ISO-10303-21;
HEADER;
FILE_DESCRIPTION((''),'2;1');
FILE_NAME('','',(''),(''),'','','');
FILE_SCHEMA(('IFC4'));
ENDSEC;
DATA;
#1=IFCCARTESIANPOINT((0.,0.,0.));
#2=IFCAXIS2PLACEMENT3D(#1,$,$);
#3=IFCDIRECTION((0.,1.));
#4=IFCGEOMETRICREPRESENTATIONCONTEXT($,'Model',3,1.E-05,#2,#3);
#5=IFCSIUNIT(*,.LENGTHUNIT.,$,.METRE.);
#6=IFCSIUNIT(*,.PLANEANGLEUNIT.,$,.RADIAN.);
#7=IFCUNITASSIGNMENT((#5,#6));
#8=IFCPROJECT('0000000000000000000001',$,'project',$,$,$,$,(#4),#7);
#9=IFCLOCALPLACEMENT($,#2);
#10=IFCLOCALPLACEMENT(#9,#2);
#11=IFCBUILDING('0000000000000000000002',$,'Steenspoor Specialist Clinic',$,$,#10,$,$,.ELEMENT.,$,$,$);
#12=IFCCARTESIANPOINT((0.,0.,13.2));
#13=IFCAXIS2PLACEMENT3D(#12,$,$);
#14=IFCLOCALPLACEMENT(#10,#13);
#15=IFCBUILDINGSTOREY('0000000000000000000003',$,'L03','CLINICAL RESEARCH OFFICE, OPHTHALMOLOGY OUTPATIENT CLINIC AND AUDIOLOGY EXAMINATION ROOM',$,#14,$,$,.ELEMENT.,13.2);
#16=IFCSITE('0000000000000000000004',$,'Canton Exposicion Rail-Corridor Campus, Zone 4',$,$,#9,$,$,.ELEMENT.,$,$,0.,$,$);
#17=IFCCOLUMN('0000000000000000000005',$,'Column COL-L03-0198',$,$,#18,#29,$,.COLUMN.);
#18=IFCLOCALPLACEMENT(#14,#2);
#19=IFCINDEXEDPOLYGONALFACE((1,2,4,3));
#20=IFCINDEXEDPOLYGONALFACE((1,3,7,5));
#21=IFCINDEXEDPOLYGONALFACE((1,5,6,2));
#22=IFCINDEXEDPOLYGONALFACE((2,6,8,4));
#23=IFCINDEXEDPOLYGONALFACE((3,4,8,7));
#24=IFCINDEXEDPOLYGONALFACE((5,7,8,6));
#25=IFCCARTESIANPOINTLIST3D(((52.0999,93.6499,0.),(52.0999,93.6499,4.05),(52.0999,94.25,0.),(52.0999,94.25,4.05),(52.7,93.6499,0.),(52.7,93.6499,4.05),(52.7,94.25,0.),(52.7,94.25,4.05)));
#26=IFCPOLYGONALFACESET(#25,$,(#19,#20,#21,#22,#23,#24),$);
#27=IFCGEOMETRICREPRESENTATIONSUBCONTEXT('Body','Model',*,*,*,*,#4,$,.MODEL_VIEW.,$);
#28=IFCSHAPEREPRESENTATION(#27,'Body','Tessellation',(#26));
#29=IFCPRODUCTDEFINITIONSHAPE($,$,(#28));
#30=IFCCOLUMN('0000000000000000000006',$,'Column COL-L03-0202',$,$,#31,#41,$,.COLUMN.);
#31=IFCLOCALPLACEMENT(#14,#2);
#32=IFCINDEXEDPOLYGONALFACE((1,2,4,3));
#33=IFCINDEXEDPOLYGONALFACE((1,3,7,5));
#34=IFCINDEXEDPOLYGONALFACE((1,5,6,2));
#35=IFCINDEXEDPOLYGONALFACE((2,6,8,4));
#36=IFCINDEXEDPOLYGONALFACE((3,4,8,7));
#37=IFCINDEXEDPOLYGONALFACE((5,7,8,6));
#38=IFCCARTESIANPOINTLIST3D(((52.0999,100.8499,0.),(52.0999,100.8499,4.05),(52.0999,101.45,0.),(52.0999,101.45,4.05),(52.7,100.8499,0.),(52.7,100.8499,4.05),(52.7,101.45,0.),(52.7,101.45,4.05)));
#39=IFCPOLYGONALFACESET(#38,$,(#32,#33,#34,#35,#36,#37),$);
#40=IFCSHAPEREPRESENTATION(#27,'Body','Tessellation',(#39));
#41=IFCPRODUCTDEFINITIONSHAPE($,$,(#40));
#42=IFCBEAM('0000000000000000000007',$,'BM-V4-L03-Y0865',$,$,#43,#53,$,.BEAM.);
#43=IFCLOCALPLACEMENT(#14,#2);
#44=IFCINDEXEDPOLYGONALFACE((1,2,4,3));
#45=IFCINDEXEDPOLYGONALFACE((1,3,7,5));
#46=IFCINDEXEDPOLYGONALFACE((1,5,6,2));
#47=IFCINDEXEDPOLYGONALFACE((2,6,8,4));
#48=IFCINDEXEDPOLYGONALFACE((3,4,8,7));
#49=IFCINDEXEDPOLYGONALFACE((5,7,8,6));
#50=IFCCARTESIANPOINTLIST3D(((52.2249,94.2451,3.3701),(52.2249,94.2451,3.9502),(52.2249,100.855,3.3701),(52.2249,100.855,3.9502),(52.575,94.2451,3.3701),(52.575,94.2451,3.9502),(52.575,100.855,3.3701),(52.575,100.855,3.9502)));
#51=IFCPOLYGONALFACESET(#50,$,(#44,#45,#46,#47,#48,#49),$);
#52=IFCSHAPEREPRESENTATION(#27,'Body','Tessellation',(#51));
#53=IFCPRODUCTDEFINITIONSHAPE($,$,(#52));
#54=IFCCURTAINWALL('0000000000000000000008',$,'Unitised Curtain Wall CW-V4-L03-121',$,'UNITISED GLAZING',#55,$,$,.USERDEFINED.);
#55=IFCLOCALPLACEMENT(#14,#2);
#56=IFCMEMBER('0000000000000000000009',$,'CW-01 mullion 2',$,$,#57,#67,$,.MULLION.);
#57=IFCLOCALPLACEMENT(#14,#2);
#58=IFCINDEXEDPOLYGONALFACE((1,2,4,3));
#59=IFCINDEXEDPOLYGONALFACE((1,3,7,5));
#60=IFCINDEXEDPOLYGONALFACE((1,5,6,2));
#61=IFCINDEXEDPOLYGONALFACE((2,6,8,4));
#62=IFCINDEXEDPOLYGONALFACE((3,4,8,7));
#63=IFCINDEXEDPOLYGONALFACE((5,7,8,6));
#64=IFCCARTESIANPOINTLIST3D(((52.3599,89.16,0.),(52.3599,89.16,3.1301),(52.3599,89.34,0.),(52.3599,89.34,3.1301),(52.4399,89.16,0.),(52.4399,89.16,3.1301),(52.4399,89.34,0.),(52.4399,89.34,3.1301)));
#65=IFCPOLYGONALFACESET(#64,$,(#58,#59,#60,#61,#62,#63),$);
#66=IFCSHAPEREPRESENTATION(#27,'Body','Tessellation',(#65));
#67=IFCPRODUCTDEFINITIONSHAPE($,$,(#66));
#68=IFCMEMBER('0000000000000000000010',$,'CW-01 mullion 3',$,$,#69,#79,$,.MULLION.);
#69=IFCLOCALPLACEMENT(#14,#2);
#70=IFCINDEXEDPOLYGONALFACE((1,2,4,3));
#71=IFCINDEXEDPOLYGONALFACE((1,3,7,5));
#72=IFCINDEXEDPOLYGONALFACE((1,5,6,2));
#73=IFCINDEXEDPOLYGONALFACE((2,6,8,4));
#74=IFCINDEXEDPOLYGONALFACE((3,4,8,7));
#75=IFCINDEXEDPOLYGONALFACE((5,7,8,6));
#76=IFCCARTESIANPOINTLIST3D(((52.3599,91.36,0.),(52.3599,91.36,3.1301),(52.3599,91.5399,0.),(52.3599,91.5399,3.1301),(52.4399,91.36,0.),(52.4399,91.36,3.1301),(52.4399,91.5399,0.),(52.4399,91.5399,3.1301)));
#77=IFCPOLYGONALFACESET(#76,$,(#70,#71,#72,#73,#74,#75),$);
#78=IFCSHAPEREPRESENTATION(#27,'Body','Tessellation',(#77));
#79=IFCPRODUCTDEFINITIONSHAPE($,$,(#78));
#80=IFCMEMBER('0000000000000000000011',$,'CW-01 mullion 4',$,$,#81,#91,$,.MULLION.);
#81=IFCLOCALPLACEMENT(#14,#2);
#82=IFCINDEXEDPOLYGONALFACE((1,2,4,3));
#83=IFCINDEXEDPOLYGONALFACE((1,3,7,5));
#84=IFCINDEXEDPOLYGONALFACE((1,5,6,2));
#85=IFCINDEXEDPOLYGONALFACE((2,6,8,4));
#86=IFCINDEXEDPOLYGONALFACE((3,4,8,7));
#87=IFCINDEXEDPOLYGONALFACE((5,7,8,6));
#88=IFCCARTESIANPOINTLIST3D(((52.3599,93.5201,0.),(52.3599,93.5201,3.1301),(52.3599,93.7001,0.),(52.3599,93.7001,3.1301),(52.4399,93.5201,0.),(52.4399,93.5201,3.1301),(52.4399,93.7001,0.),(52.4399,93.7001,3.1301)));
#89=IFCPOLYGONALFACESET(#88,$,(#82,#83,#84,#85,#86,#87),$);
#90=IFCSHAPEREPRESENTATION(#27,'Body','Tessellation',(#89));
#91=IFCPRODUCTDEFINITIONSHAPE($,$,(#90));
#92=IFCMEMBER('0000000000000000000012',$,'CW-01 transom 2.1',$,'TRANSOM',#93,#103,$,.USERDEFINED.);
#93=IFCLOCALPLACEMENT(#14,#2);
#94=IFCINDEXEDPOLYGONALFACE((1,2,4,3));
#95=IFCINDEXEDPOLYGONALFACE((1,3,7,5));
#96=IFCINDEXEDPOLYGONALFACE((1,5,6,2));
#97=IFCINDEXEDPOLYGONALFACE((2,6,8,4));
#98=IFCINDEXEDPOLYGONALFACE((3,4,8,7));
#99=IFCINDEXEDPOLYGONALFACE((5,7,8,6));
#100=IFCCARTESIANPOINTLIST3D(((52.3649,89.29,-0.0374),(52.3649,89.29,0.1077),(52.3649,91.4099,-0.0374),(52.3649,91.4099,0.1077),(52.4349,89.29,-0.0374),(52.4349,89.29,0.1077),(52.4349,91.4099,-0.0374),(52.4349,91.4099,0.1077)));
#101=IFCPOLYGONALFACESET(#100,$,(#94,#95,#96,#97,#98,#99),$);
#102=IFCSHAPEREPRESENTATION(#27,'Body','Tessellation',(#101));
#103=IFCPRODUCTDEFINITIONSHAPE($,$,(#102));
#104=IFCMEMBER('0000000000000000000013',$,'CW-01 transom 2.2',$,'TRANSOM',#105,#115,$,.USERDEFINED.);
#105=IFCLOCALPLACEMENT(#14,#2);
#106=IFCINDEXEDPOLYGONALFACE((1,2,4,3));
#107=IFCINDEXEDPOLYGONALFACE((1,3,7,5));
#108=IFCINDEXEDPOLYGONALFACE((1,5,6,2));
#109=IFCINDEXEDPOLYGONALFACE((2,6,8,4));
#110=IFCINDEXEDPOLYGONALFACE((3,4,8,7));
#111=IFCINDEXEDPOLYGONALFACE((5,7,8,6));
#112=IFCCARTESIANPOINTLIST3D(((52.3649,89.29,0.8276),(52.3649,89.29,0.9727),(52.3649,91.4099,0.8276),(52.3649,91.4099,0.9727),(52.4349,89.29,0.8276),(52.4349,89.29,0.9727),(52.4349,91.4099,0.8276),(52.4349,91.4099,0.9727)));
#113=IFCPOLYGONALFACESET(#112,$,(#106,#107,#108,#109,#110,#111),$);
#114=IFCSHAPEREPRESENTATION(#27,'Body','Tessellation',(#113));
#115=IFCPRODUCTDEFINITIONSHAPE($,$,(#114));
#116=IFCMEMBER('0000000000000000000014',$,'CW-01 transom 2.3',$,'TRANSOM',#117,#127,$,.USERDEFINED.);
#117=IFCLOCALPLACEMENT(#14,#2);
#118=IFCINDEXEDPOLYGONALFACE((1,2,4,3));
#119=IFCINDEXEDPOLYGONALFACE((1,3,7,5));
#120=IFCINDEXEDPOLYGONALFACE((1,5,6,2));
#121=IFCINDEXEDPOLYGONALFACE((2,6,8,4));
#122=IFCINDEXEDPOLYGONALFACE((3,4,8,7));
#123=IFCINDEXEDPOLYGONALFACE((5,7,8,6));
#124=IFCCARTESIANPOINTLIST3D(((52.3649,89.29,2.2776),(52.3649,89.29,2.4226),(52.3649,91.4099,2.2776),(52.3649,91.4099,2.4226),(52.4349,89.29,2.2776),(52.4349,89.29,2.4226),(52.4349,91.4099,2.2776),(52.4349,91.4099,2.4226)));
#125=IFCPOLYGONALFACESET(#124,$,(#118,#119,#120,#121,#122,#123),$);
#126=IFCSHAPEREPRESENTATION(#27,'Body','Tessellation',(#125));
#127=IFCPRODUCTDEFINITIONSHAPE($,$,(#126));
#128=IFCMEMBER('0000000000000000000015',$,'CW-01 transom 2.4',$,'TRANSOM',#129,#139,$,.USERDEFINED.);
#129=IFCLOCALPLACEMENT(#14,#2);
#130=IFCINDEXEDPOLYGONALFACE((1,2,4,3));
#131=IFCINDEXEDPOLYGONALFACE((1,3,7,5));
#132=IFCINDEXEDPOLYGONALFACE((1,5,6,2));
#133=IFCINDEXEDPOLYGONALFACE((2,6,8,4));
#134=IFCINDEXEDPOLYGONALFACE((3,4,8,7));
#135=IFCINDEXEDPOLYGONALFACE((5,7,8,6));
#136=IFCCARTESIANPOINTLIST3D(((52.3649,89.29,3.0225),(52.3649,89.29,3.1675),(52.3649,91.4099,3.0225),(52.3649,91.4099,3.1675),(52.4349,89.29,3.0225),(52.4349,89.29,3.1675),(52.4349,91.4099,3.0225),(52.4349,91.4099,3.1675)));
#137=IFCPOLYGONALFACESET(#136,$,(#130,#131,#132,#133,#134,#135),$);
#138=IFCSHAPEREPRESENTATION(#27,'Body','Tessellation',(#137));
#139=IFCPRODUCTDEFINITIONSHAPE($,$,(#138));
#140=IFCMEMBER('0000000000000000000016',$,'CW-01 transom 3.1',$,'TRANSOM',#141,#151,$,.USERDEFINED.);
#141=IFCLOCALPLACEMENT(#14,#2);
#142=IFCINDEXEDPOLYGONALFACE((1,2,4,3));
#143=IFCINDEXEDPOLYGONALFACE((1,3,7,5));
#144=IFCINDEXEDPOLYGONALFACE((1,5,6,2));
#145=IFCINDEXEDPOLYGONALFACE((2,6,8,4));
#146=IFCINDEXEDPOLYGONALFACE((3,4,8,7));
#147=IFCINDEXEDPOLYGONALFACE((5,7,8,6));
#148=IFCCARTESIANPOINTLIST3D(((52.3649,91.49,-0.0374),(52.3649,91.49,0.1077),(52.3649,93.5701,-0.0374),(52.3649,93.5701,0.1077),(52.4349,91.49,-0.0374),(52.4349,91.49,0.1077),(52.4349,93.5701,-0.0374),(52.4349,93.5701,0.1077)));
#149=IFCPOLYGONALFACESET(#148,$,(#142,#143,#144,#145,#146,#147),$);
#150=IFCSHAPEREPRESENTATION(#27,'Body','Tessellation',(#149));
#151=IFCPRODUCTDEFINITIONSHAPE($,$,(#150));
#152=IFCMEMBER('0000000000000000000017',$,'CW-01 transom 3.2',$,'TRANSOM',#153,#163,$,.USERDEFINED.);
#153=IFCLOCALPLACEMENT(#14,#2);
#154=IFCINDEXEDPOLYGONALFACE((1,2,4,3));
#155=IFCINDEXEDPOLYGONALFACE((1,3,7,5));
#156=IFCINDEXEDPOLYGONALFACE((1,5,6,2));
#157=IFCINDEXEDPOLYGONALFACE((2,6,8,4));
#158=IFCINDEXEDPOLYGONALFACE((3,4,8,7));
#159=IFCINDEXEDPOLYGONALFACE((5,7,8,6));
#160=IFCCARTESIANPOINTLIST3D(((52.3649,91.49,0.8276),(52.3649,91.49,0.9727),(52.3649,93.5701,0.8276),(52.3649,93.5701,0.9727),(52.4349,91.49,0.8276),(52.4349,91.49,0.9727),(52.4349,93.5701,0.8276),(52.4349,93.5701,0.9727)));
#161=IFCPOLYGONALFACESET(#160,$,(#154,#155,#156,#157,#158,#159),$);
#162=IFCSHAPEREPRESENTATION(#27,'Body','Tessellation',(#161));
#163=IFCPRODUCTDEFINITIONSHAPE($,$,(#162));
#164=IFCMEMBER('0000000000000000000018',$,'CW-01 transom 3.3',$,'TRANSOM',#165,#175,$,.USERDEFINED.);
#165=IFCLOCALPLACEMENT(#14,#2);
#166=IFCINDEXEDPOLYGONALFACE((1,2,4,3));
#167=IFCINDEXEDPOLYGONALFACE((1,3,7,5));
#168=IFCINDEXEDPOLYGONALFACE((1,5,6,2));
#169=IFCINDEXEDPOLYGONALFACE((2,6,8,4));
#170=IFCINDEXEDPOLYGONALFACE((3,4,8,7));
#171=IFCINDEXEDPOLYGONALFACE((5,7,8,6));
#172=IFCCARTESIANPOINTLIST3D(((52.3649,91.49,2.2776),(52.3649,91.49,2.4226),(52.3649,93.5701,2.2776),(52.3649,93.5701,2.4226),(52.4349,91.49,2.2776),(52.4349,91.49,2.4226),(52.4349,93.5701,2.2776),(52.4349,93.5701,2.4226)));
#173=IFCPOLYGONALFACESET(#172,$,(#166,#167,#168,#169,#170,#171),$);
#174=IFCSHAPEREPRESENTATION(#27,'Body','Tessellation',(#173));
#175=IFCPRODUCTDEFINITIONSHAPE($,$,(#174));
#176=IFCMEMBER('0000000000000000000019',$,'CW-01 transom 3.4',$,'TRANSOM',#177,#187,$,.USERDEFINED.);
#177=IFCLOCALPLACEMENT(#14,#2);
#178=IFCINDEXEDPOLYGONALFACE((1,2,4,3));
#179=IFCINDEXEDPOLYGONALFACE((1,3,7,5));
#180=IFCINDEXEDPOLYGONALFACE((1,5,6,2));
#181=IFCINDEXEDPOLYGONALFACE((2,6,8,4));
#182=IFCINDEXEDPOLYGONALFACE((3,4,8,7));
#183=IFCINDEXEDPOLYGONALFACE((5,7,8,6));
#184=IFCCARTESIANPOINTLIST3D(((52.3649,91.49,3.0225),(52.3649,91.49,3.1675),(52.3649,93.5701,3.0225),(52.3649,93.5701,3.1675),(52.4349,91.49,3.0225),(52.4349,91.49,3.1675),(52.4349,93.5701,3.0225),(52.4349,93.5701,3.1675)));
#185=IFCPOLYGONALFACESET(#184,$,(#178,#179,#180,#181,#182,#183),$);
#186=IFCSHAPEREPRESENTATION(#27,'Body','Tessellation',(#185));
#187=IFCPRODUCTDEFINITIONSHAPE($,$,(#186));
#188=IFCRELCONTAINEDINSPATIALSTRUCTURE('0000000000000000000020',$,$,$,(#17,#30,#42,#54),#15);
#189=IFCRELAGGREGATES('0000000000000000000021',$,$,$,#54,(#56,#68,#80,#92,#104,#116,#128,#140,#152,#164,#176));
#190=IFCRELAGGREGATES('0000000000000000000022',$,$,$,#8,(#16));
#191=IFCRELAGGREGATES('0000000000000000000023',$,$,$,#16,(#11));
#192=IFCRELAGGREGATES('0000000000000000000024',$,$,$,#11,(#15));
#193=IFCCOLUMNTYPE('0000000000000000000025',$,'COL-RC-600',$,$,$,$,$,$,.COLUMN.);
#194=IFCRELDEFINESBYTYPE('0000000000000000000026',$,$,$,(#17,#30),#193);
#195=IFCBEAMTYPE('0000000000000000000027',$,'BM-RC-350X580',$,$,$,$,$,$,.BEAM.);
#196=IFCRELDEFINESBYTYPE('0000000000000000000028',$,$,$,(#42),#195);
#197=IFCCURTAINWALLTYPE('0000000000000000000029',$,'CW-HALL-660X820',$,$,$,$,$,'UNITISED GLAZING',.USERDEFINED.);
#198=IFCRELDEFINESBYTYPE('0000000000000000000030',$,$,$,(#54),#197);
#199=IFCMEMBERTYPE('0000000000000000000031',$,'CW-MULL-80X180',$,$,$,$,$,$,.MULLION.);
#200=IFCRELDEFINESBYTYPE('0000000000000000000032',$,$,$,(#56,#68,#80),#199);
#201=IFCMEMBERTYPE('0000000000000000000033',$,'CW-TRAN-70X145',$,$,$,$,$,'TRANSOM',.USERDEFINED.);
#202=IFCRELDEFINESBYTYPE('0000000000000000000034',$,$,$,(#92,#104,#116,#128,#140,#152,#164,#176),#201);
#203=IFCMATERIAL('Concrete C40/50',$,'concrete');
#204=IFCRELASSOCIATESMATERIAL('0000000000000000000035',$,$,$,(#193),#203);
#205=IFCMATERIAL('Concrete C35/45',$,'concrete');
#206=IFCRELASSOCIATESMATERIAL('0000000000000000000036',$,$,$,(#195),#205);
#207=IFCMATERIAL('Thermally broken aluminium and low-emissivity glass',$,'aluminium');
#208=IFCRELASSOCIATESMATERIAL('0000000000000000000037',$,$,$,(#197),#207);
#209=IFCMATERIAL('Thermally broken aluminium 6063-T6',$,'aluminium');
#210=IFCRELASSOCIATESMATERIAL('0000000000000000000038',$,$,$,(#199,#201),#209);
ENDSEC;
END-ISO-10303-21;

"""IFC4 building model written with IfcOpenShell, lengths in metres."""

from ifc_helpers import new_model, si_unit, direction, frame, origin, origin_2d, place, context, subcontext, project, spatial, rectangle, extrude, material, material_profile, profile_set, type_object, element, aggregate, save


model = new_model("IFC4")

# Units and contexts
model_context = context("Model", 3, precision=1e-05, world=origin(), true_north=direction((0.0, 1.0)))
body_context = subcontext(model_context, "Body", "Model", "MODEL_VIEW")
ifc_project = project(units=[si_unit("LENGTHUNIT", "METRE"), si_unit("PLANEANGLEUNIT", "RADIAN")], contexts=[model_context])

# Site, building, storey
site_placement = place(None, origin())
site = spatial("IfcSite", under=ifc_project, at=site_placement, Name="Canton Exposicion Rail-Corridor Campus, Zone 4", CompositionType="ELEMENT", RefElevation=0.0)
building_placement = place(site_placement, origin())
building = spatial("IfcBuilding", under=site, at=building_placement, Name="Steenspoor Specialist Clinic", CompositionType="ELEMENT")
storey_placement = place(building_placement, frame((0.0, 0.0, 13.2)))
storey = spatial("IfcBuildingStorey", under=building, at=storey_placement, Name="L03", Description="CLINICAL RESEARCH OFFICE, OPHTHALMOLOGY OUTPATIENT CLINIC AND AUDIOLOGY EXAMINATION ROOM", CompositionType="ELEMENT", Elevation=13.2)

# Columns
ifc_material_1 = material(Name="Concrete C40/50", Category="concrete")
ifc_material_profile_1 = material_profile(ifc_material_1, rectangle(XDim=0.6001, YDim=0.6001, at=origin_2d()), Name="RC-COL-600X600")
ifc_profile_set_1 = profile_set([ifc_material_profile_1], Name="Concrete C40/50")
column_type = type_object("IfcColumnType", Name="COL-RC-600", PredefinedType="COLUMN", material=ifc_profile_set_1)
for number, where, z_axis, x_axis, name in (
    (1, (52.3999, 93.95, 0.0), (0.0, 0.0, 1.0), (1.0, 0.0, 0.0), "Column COL-L03-0198"),
    (2, (52.3999, 101.1499, 0.0), (0.0, 0.0, 1.0), (1.0, 0.0, 0.0), "Column COL-L03-0202"),
):
    element("IfcColumn", number, at=place(storey_placement, frame(where, z_axis=z_axis, x_axis=x_axis)), inside=storey, type_object=column_type, Name=name, PredefinedType="COLUMN", context=body_context, shape_type="SweptSolid", body=[
        extrude(rectangle(XDim=0.6001, YDim=0.6001, at=origin_2d()), origin(), (0.0, 0.0, 1.0), 4.05),
    ])

# Beam
ifc_material_2 = material(Name="Concrete C35/45", Category="concrete")
ifc_material_profile_2 = material_profile(ifc_material_2, rectangle(XDim=0.3501, YDim=0.5801, at=origin_2d()), Name="RC-BM-350X580")
ifc_profile_set_2 = profile_set([ifc_material_profile_2], Name="Concrete C35/45")
beam_type = type_object("IfcBeamType", Name="BM-RC-350X580", PredefinedType="BEAM", material=ifc_profile_set_2)
beam_placement = place(storey_placement, frame((52.3999, 94.2451, 3.6602), z_axis=(0.0, 1.0, 0.0), x_axis=(-1.0, 0.0, 0.0)))
element("IfcBeam", 3, at=beam_placement, inside=storey, type_object=beam_type, Name="BM-V4-L03-Y0865", PredefinedType="BEAM", context=body_context, shape_type="SweptSolid", body=[
    extrude(rectangle(XDim=0.3501, YDim=0.5801, at=origin_2d()), origin(), (0.0, 0.0, 1.0), 6.6099),
])

# Curtain wall, members
ifc_material_3 = material(Name="Thermally broken aluminium and low-emissivity glass", Category="aluminium")
curtain_wall_type = type_object("IfcCurtainWallType", Name="CW-HALL-660X820", ElementType="UNITISED GLAZING", PredefinedType="USERDEFINED", material=ifc_material_3)
curtain_wall_placement = place(storey_placement, origin())
curtain_wall = element("IfcCurtainWall", 4, at=curtain_wall_placement, inside=storey, type_object=curtain_wall_type, Name="Unitised Curtain Wall CW-V4-L03-121", ObjectType="UNITISED GLAZING", PredefinedType="USERDEFINED")
ifc_material_4 = material(Name="Thermally broken aluminium 6063-T6", Category="aluminium")
ifc_material_profile_3 = material_profile(ifc_material_4, rectangle(XDim=0.0801, YDim=0.1799, at=origin_2d()), Name="CWM-80X180")
ifc_profile_set_3 = profile_set([ifc_material_profile_3], Name="Thermally broken aluminium 6063-T6")
member_type_1 = type_object("IfcMemberType", Name="CW-MULL-80X180", PredefinedType="MULLION", material=ifc_profile_set_3)
member_1_placement = place(storey_placement, frame((52.3999, 89.25, 0.0), z_axis=(0.0, 0.0, 1.0), x_axis=(-1.0, 0.0, 0.0)))
member_1 = element("IfcMember", 5, at=member_1_placement, type_object=member_type_1, Name="CW-01 mullion 2", PredefinedType="MULLION", context=body_context, shape_type="SweptSolid", body=[
    extrude(rectangle(XDim=0.0801, YDim=0.1799, at=origin_2d()), origin(), (0.0, 0.0, 1.0), 3.1301),
])
member_2_placement = place(storey_placement, frame((52.3999, 91.45, 0.0), z_axis=(0.0, 0.0, 1.0), x_axis=(-1.0, 0.0, 0.0)))
member_2 = element("IfcMember", 6, at=member_2_placement, type_object=member_type_1, Name="CW-01 mullion 3", PredefinedType="MULLION", context=body_context, shape_type="SweptSolid", body=[
    extrude(rectangle(XDim=0.0801, YDim=0.1799, at=origin_2d()), origin(), (0.0, 0.0, 1.0), 3.1301),
])
member_3_placement = place(storey_placement, frame((52.3999, 93.6101, 0.0), z_axis=(0.0, 0.0, 1.0), x_axis=(-1.0, 0.0, 0.0)))
member_3 = element("IfcMember", 7, at=member_3_placement, type_object=member_type_1, Name="CW-01 mullion 4", PredefinedType="MULLION", context=body_context, shape_type="SweptSolid", body=[
    extrude(rectangle(XDim=0.0801, YDim=0.1799, at=origin_2d()), origin(), (0.0, 0.0, 1.0), 3.1301),
])
ifc_material_profile_4 = material_profile(ifc_material_4, rectangle(XDim=0.0701, YDim=0.145, at=origin_2d()), Name="CWT-70X145")
ifc_profile_set_4 = profile_set([ifc_material_profile_4], Name="Thermally broken aluminium 6063-T6")
member_type_2 = type_object("IfcMemberType", Name="CW-TRAN-70X145", ElementType="TRANSOM", PredefinedType="USERDEFINED", material=ifc_profile_set_4)
member_4_placement = place(storey_placement, frame((52.3999, 89.29, 0.0352), z_axis=(0.0, 1.0, 0.0), x_axis=(-1.0, 0.0, 0.0)))
member_4 = element("IfcMember", 8, at=member_4_placement, type_object=member_type_2, Name="CW-01 transom 2.1", ObjectType="TRANSOM", PredefinedType="USERDEFINED", context=body_context, shape_type="SweptSolid", body=[
    extrude(rectangle(XDim=0.0701, YDim=0.145, at=origin_2d()), origin(), (0.0, 0.0, 1.0), 2.1199),
])
member_5_placement = place(storey_placement, frame((52.3999, 89.29, 0.9001), z_axis=(0.0, 1.0, 0.0), x_axis=(-1.0, 0.0, 0.0)))
member_5 = element("IfcMember", 9, at=member_5_placement, type_object=member_type_2, Name="CW-01 transom 2.2", ObjectType="TRANSOM", PredefinedType="USERDEFINED", context=body_context, shape_type="SweptSolid", body=[
    extrude(rectangle(XDim=0.0701, YDim=0.145, at=origin_2d()), origin(), (0.0, 0.0, 1.0), 2.1199),
])
member_6_placement = place(storey_placement, frame((52.3999, 89.29, 2.3501), z_axis=(0.0, 1.0, 0.0), x_axis=(-1.0, 0.0, 0.0)))
member_6 = element("IfcMember", 10, at=member_6_placement, type_object=member_type_2, Name="CW-01 transom 2.3", ObjectType="TRANSOM", PredefinedType="USERDEFINED", context=body_context, shape_type="SweptSolid", body=[
    extrude(rectangle(XDim=0.0701, YDim=0.145, at=origin_2d()), origin(), (0.0, 0.0, 1.0), 2.1199),
])
member_7_placement = place(storey_placement, frame((52.3999, 89.29, 3.095), z_axis=(0.0, 1.0, 0.0), x_axis=(-1.0, 0.0, 0.0)))
member_7 = element("IfcMember", 11, at=member_7_placement, type_object=member_type_2, Name="CW-01 transom 2.4", ObjectType="TRANSOM", PredefinedType="USERDEFINED", context=body_context, shape_type="SweptSolid", body=[
    extrude(rectangle(XDim=0.0701, YDim=0.145, at=origin_2d()), origin(), (0.0, 0.0, 1.0), 2.1199),
])
member_8_placement = place(storey_placement, frame((52.3999, 91.49, 0.0352), z_axis=(0.0, 1.0, 0.0), x_axis=(-1.0, 0.0, 0.0)))
member_8 = element("IfcMember", 12, at=member_8_placement, type_object=member_type_2, Name="CW-01 transom 3.1", ObjectType="TRANSOM", PredefinedType="USERDEFINED", context=body_context, shape_type="SweptSolid", body=[
    extrude(rectangle(XDim=0.0701, YDim=0.145, at=origin_2d()), origin(), (0.0, 0.0, 1.0), 2.0801),
])
member_9_placement = place(storey_placement, frame((52.3999, 91.49, 0.9001), z_axis=(0.0, 1.0, 0.0), x_axis=(-1.0, 0.0, 0.0)))
member_9 = element("IfcMember", 13, at=member_9_placement, type_object=member_type_2, Name="CW-01 transom 3.2", ObjectType="TRANSOM", PredefinedType="USERDEFINED", context=body_context, shape_type="SweptSolid", body=[
    extrude(rectangle(XDim=0.0701, YDim=0.145, at=origin_2d()), origin(), (0.0, 0.0, 1.0), 2.0801),
])
member_10_placement = place(storey_placement, frame((52.3999, 91.49, 2.3501), z_axis=(0.0, 1.0, 0.0), x_axis=(-1.0, 0.0, 0.0)))
member_10 = element("IfcMember", 14, at=member_10_placement, type_object=member_type_2, Name="CW-01 transom 3.3", ObjectType="TRANSOM", PredefinedType="USERDEFINED", context=body_context, shape_type="SweptSolid", body=[
    extrude(rectangle(XDim=0.0701, YDim=0.145, at=origin_2d()), origin(), (0.0, 0.0, 1.0), 2.0801),
])
member_11_placement = place(storey_placement, frame((52.3999, 91.49, 3.095), z_axis=(0.0, 1.0, 0.0), x_axis=(-1.0, 0.0, 0.0)))
member_11 = element("IfcMember", 15, at=member_11_placement, type_object=member_type_2, Name="CW-01 transom 3.4", ObjectType="TRANSOM", PredefinedType="USERDEFINED", context=body_context, shape_type="SweptSolid", body=[
    extrude(rectangle(XDim=0.0701, YDim=0.145, at=origin_2d()), origin(), (0.0, 0.0, 1.0), 2.0801),
])
aggregate(curtain_wall, [member_1, member_2, member_3, member_4, member_5, member_6, member_7, member_8, member_9, member_10, member_11])

save(model, "model.ifc")
